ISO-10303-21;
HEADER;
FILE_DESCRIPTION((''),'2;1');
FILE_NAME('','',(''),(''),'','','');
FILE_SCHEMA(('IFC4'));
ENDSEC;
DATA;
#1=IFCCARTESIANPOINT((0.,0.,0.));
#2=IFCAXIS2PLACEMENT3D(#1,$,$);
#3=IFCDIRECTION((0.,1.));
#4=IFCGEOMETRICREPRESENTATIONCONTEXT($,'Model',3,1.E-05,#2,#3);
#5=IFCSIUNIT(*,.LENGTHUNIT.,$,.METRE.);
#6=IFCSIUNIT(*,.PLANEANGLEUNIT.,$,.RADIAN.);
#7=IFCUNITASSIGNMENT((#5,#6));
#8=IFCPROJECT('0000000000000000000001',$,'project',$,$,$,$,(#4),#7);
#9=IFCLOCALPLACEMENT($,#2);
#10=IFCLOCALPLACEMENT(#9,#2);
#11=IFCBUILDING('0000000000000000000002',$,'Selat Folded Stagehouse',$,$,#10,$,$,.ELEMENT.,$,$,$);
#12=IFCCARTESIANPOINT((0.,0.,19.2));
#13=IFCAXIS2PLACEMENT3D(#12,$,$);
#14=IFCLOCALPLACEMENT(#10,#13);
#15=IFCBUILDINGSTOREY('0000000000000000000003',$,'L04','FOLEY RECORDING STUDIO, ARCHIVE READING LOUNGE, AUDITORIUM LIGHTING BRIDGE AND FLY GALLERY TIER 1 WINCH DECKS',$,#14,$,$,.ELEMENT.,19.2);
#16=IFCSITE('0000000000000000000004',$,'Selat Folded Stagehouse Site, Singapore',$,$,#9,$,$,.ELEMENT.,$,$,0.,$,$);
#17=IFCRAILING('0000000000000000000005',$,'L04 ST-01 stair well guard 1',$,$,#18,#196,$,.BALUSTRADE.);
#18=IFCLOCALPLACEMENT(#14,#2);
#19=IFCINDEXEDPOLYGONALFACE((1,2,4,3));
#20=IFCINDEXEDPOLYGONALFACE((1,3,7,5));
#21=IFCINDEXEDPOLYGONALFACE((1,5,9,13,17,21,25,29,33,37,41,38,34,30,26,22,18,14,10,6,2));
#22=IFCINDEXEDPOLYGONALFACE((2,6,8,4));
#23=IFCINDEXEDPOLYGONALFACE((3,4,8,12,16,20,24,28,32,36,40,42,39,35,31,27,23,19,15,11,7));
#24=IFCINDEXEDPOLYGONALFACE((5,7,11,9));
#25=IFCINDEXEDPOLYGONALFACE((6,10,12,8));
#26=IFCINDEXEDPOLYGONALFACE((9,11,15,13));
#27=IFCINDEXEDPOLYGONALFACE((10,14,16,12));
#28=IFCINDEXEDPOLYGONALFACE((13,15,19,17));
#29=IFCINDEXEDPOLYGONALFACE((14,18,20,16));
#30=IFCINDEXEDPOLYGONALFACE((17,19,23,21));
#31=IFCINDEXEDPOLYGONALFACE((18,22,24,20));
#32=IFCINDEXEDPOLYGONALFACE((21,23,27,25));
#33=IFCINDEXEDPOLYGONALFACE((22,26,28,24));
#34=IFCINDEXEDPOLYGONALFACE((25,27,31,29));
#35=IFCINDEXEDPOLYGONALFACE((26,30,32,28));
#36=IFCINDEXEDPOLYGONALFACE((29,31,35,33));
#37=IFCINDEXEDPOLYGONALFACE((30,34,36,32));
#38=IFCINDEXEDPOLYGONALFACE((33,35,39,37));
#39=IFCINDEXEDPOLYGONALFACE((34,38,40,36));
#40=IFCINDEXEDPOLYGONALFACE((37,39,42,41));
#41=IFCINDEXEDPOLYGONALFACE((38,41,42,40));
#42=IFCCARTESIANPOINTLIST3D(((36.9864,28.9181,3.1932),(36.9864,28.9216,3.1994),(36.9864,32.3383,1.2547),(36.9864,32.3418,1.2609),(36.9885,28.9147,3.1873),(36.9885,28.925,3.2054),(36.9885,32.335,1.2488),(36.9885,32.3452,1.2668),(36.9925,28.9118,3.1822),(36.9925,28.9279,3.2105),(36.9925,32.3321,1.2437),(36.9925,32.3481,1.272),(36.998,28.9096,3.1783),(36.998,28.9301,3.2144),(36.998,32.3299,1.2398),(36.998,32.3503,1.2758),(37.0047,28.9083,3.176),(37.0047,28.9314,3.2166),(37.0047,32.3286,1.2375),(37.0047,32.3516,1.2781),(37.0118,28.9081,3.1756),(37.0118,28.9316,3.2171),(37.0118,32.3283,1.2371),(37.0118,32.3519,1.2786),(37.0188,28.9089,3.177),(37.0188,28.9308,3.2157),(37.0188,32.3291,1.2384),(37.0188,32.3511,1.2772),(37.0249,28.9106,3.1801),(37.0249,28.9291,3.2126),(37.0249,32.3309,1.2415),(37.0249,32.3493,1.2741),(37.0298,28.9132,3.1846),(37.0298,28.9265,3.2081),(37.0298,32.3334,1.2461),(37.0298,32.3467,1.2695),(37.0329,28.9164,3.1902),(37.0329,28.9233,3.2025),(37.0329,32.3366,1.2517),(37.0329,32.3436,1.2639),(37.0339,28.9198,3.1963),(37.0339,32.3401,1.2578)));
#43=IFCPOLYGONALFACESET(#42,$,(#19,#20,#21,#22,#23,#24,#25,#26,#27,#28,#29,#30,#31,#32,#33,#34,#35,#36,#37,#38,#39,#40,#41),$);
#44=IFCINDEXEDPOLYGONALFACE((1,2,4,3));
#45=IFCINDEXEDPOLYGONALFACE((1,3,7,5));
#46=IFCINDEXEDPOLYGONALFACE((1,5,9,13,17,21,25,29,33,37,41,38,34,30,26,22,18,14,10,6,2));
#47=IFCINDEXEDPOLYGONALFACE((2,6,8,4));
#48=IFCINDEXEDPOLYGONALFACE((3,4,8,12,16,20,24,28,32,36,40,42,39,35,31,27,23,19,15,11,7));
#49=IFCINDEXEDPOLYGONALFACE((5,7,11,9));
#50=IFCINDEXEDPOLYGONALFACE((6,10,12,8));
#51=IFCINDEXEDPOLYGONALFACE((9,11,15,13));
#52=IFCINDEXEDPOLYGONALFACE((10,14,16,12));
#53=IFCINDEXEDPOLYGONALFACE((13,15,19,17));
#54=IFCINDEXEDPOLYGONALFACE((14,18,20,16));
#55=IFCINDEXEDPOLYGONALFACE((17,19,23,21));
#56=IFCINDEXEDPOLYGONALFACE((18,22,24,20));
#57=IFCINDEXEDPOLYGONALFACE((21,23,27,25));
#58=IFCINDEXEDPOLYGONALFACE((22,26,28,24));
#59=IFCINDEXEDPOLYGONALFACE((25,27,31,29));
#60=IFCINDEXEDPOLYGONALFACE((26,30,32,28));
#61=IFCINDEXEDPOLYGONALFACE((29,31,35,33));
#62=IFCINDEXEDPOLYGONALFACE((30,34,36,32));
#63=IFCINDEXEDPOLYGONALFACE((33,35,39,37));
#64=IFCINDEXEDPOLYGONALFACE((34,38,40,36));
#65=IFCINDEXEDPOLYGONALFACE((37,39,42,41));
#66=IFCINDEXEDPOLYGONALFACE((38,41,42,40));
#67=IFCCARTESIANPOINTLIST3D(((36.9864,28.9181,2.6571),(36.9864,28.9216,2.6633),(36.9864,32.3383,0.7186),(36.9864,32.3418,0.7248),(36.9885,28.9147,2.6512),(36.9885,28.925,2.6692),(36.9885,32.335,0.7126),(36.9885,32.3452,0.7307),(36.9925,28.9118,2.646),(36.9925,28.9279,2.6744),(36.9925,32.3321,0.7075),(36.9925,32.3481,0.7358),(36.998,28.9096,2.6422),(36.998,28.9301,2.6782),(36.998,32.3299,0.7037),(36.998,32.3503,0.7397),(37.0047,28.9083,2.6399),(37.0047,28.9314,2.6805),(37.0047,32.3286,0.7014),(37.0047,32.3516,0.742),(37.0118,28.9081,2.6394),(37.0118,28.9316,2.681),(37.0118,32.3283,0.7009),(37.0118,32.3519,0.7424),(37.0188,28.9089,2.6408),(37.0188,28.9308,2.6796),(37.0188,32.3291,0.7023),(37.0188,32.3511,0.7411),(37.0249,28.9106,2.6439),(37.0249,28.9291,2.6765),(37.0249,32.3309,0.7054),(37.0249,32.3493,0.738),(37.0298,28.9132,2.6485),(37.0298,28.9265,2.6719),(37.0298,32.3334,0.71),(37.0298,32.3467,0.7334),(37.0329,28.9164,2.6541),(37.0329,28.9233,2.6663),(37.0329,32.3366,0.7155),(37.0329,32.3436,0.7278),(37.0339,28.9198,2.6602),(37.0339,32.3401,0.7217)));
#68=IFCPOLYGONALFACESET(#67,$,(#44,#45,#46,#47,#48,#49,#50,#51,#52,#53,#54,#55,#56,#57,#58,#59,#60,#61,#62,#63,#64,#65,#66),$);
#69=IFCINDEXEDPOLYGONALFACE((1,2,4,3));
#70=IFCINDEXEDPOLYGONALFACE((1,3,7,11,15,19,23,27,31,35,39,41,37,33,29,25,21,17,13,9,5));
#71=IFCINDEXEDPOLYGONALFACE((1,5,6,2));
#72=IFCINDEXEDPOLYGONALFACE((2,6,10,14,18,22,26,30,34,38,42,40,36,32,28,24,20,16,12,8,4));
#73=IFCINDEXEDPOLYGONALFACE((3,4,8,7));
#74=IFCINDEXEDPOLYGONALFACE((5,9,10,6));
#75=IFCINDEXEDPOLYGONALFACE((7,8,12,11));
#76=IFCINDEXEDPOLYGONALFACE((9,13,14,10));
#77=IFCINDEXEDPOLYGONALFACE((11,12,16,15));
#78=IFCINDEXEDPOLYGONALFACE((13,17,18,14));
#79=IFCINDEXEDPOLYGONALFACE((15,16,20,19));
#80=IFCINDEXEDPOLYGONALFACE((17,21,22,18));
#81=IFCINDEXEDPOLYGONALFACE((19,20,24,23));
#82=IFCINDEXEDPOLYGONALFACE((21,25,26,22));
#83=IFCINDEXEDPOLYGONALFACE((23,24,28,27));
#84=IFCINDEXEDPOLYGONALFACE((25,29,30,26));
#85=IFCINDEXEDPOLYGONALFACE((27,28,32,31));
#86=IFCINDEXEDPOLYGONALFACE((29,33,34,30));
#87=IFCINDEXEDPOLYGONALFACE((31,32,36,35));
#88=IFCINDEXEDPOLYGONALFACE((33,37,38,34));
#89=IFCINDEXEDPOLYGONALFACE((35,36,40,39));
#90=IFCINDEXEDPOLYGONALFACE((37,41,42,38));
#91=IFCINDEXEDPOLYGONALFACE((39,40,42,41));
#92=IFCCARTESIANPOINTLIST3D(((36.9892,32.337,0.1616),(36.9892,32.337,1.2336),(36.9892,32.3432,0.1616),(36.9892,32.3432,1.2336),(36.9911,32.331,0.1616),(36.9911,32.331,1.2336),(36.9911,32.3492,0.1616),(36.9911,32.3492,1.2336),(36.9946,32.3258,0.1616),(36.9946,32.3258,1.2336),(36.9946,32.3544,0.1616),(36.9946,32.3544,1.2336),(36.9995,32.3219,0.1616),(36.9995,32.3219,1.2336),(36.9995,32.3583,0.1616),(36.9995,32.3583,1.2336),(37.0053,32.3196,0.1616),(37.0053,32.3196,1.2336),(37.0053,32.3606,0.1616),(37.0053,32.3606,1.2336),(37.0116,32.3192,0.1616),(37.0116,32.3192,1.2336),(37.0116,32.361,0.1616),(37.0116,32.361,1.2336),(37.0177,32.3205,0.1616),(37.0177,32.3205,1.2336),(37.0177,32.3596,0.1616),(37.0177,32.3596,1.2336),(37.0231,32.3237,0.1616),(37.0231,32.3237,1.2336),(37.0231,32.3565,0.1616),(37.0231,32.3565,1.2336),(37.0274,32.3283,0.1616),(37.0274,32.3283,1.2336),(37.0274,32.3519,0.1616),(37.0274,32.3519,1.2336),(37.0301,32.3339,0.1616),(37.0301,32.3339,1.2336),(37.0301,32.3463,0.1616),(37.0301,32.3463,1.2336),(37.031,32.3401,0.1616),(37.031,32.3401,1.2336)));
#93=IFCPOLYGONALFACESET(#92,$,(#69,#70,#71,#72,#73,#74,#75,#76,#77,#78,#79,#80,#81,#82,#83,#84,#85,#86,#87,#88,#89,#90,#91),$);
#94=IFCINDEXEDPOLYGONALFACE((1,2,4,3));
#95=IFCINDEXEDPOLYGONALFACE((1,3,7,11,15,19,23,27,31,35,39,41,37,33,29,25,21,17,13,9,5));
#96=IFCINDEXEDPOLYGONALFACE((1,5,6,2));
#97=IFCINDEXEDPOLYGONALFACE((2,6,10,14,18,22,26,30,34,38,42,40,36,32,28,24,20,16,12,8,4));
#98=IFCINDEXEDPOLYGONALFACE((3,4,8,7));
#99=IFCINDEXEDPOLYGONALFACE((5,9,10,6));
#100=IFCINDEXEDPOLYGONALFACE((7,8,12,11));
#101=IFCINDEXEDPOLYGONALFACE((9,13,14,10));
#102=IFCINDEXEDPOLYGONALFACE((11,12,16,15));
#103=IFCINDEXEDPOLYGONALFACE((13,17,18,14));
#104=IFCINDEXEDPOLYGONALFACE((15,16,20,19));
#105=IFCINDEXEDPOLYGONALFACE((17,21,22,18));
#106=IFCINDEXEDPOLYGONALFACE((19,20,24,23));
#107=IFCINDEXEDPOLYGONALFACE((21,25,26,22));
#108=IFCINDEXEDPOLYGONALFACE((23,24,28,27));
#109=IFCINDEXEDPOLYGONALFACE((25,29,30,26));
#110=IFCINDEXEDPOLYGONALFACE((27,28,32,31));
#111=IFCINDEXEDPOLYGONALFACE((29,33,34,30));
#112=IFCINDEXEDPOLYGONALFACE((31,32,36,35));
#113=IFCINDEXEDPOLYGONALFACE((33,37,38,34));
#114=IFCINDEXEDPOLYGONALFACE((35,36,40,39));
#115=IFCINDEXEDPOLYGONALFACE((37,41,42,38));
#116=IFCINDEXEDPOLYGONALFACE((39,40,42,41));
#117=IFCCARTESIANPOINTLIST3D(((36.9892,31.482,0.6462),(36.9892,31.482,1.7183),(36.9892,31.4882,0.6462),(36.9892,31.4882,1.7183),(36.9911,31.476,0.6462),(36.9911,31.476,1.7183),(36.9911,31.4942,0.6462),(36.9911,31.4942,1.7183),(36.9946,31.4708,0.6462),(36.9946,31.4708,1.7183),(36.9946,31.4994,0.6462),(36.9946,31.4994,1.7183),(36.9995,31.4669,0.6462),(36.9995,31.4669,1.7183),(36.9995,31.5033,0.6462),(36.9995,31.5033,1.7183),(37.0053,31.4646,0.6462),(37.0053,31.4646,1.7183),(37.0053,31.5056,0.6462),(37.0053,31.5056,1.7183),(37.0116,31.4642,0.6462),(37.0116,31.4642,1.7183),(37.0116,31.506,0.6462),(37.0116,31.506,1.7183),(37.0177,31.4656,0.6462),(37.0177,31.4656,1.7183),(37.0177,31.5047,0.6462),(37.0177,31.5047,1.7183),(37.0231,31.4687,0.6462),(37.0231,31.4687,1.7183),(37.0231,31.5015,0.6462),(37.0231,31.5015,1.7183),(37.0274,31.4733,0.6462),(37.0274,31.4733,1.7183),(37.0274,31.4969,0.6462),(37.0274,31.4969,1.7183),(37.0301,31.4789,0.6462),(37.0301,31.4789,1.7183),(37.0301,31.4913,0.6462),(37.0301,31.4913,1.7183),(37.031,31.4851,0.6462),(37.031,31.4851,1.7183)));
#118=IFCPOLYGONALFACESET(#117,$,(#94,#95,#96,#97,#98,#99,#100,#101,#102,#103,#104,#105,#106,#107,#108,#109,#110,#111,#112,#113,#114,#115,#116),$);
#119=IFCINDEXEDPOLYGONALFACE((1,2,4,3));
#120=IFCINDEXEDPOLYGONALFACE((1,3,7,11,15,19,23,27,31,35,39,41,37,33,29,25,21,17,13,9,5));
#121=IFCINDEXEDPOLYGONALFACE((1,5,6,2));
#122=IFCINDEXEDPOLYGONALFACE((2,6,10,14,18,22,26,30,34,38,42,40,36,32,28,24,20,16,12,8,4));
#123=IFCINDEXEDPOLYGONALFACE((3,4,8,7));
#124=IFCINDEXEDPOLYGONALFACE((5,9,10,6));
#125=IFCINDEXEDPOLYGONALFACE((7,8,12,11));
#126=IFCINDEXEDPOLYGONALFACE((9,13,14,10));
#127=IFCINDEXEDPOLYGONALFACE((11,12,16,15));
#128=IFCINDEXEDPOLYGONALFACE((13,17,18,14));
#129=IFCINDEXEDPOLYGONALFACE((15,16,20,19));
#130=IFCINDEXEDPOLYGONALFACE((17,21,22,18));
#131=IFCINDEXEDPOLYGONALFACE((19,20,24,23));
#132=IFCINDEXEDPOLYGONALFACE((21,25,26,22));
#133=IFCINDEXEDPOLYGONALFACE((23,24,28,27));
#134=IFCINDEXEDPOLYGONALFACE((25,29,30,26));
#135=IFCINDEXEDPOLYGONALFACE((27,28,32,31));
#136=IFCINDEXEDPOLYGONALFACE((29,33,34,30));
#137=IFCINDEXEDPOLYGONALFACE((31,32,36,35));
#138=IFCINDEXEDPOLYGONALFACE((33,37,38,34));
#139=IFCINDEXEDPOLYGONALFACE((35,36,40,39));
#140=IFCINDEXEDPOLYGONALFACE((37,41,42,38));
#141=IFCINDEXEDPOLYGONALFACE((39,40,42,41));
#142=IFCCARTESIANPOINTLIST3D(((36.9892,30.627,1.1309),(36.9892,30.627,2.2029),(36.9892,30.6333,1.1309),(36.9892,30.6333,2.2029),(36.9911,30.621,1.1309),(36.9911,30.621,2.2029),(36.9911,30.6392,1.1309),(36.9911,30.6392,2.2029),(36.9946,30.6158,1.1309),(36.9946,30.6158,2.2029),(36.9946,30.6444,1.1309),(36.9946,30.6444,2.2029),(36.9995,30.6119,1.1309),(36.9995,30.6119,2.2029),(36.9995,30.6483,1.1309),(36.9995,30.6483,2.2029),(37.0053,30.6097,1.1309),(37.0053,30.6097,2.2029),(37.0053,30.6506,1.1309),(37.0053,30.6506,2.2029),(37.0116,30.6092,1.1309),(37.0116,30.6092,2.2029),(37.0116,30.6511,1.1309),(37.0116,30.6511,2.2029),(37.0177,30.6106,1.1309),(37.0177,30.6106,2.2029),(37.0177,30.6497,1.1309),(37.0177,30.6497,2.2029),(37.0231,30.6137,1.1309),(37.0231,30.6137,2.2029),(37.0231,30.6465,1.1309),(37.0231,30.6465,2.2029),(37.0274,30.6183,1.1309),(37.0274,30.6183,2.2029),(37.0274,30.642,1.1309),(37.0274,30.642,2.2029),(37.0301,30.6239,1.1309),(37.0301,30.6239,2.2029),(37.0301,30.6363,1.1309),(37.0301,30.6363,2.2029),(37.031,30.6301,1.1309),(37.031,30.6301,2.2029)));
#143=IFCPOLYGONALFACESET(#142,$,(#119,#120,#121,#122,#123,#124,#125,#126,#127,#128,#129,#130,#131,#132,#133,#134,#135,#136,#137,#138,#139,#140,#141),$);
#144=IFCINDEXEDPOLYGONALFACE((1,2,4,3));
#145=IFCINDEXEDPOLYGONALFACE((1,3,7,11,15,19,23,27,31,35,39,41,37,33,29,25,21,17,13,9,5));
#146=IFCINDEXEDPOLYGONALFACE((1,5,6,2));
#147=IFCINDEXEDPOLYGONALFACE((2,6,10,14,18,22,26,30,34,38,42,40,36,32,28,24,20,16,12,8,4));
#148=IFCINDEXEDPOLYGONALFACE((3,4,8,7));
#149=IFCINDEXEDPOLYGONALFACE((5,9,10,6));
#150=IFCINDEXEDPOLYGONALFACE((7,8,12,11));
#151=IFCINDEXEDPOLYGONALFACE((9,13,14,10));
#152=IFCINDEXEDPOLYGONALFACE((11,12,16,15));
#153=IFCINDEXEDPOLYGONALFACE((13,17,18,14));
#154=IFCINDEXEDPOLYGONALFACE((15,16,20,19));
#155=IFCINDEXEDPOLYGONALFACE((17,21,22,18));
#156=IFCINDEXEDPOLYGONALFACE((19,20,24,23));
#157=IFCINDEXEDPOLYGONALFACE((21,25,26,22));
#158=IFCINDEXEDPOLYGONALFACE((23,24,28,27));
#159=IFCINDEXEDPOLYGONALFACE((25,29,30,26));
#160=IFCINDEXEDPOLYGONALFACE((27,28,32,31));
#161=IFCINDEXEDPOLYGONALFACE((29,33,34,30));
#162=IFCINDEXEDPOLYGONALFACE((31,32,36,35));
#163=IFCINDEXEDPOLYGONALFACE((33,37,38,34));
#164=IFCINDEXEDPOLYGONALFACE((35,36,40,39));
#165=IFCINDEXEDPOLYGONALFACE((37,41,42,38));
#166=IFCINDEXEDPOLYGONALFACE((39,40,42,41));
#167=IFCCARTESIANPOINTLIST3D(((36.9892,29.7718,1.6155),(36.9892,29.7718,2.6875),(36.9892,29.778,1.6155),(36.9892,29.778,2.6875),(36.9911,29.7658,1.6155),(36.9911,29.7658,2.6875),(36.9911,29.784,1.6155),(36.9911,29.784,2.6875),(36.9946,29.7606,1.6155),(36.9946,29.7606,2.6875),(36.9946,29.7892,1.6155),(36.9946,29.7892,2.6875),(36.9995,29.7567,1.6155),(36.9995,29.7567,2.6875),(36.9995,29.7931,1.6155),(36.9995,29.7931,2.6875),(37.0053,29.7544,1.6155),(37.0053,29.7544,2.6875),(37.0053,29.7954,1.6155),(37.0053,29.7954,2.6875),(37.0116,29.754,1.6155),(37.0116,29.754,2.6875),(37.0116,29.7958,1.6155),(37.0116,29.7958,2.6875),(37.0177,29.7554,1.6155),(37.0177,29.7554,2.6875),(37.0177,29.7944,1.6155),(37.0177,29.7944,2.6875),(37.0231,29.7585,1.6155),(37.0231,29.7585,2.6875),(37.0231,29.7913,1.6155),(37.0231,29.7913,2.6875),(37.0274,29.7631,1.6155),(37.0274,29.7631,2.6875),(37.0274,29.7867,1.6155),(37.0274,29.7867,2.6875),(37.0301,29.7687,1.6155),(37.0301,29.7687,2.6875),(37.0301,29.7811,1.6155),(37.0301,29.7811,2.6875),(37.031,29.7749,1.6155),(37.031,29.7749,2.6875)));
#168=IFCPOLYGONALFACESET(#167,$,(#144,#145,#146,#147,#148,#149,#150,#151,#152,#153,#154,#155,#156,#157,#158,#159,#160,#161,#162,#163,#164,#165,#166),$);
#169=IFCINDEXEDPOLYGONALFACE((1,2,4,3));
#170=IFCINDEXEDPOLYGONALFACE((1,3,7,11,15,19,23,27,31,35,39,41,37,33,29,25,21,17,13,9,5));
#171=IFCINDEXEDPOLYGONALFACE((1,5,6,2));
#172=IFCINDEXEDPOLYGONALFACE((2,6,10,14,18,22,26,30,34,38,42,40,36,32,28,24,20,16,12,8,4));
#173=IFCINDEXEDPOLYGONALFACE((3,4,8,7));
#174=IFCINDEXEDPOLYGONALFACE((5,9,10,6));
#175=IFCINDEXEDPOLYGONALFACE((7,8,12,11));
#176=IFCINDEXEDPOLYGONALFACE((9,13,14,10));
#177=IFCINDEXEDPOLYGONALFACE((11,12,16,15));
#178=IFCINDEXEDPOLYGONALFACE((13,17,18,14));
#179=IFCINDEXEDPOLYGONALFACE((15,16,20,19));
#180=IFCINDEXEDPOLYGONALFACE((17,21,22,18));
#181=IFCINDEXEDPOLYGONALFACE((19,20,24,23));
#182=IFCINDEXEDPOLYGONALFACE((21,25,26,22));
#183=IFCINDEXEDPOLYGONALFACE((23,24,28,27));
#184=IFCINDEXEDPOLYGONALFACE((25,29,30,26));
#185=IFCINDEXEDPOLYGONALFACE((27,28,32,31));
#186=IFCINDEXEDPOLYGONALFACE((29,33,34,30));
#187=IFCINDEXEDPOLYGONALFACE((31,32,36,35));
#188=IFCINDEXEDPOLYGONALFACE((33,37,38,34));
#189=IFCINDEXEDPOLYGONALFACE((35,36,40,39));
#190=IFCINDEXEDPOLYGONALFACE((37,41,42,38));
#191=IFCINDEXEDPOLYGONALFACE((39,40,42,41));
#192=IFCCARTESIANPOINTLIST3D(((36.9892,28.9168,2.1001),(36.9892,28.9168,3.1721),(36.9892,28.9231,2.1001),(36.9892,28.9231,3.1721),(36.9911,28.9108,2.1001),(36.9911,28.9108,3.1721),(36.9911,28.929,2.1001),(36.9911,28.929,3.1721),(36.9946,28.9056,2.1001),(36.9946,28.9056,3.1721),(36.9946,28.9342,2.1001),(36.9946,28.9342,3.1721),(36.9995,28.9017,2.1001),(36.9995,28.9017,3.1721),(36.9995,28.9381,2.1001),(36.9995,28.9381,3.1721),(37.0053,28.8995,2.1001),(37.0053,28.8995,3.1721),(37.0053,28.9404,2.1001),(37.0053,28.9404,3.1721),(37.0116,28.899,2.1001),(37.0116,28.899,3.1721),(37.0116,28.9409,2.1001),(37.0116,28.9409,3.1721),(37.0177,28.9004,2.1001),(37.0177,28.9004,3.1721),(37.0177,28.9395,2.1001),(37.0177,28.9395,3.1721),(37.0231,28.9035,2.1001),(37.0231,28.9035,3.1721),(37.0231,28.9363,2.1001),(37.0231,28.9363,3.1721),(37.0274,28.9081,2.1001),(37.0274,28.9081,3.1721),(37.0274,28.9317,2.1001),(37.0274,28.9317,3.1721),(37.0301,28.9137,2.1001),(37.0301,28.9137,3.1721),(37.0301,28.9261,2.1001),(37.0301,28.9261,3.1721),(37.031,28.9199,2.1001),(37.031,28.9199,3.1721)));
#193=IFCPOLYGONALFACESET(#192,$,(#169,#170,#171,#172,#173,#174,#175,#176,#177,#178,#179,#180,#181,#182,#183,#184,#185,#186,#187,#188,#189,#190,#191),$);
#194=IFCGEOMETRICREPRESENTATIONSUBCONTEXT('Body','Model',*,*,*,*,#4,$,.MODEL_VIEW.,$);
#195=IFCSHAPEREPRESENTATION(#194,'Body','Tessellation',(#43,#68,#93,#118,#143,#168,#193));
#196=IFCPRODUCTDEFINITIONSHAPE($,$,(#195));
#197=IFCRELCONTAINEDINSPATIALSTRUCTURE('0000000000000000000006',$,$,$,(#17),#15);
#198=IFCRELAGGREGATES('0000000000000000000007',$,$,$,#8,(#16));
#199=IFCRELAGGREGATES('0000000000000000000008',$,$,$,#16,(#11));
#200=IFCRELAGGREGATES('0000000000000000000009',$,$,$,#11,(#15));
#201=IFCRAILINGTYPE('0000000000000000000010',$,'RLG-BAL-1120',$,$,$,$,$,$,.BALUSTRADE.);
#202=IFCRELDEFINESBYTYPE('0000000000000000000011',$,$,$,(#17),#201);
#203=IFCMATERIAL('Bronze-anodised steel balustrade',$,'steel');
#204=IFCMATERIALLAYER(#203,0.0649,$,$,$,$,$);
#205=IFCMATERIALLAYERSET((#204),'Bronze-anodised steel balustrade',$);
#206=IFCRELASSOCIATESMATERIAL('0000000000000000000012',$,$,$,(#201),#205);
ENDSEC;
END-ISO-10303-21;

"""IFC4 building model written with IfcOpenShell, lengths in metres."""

from ifc_helpers import new_model, si_unit, direction, frame, origin, origin_2d, place, context, subcontext, project, spatial, circle, extrude, material, layer, layer_set, type_object, element, save


model = new_model("IFC4")

# Units and contexts
model_context = context("Model", 3, precision=1e-05, world=origin(), true_north=direction((0.0, 1.0)))
body_context = subcontext(model_context, "Body", "Model", "MODEL_VIEW")
ifc_project = project(units=[si_unit("LENGTHUNIT", "METRE"), si_unit("PLANEANGLEUNIT", "RADIAN")], contexts=[model_context])

# Site, building, storey
site_placement = place(None, origin())
site = spatial("IfcSite", under=ifc_project, at=site_placement, Name="Selat Folded Stagehouse Site, Singapore", CompositionType="ELEMENT", RefElevation=0.0)
building_placement = place(site_placement, origin())
building = spatial("IfcBuilding", under=site, at=building_placement, Name="Selat Folded Stagehouse", CompositionType="ELEMENT")
storey_placement = place(building_placement, frame((0.0, 0.0, 19.2)))
storey = spatial("IfcBuildingStorey", under=building, at=storey_placement, Name="L04", Description="FOLEY RECORDING STUDIO, ARCHIVE READING LOUNGE, AUDITORIUM LIGHTING BRIDGE AND FLY GALLERY TIER 1 WINCH DECKS", CompositionType="ELEMENT", Elevation=19.2)

# Railing
ifc_material_1 = material(Name="Bronze-anodised steel balustrade", Category="steel")
ifc_layer_1 = layer(ifc_material_1, 0.0649)
ifc_layer_set_1 = layer_set([ifc_layer_1], Name="Bronze-anodised steel balustrade")
railing_type_1 = type_object("IfcRailingType", Name="RLG-BAL-1120", PredefinedType="BALUSTRADE", material=ifc_layer_set_1)
railing_1_placement = place(storey_placement, frame((37.01, 32.3401, 0.1616)))
element("IfcRailing", 1, at=railing_1_placement, inside=storey, type_object=railing_type_1, Name="L04 ST-01 stair well guard 1", PredefinedType="BALUSTRADE", context=body_context, shape_type="SweptSolid", body=[
    extrude(circle(Radius=0.0239, at=origin_2d()), frame((0.0, 0.0, 1.0962), z_axis=(0.0, -0.86998, 0.493086), x_axis=(1.0, 0.0, 0.0)), (0.0, 0.0, 1.0), 3.9314),
    extrude(circle(Radius=0.0239, at=origin_2d()), frame((0.0, 0.0, 0.5601), z_axis=(0.0, -0.86998, 0.493086), x_axis=(1.0, 0.0, 0.0)), (0.0, 0.0, 1.0), 3.9314),
    extrude(circle(Radius=0.021, at=origin_2d()), origin(), (0.0, 0.0, 1.0), 1.072),
    extrude(circle(Radius=0.021, at=origin_2d()), frame((0.0, -0.855, 0.4846)), (0.0, 0.0, 1.0), 1.072),
    extrude(circle(Radius=0.021, at=origin_2d()), frame((0.0, -1.71, 0.9692)), (0.0, 0.0, 1.0), 1.072),
    extrude(circle(Radius=0.021, at=origin_2d()), frame((0.0, -2.5652, 1.4539)), (0.0, 0.0, 1.0), 1.072),
    extrude(circle(Radius=0.021, at=origin_2d()), frame((0.0, -3.4202, 1.9385)), (0.0, 0.0, 1.0), 1.072),
])

save(model, "model.ifc")
